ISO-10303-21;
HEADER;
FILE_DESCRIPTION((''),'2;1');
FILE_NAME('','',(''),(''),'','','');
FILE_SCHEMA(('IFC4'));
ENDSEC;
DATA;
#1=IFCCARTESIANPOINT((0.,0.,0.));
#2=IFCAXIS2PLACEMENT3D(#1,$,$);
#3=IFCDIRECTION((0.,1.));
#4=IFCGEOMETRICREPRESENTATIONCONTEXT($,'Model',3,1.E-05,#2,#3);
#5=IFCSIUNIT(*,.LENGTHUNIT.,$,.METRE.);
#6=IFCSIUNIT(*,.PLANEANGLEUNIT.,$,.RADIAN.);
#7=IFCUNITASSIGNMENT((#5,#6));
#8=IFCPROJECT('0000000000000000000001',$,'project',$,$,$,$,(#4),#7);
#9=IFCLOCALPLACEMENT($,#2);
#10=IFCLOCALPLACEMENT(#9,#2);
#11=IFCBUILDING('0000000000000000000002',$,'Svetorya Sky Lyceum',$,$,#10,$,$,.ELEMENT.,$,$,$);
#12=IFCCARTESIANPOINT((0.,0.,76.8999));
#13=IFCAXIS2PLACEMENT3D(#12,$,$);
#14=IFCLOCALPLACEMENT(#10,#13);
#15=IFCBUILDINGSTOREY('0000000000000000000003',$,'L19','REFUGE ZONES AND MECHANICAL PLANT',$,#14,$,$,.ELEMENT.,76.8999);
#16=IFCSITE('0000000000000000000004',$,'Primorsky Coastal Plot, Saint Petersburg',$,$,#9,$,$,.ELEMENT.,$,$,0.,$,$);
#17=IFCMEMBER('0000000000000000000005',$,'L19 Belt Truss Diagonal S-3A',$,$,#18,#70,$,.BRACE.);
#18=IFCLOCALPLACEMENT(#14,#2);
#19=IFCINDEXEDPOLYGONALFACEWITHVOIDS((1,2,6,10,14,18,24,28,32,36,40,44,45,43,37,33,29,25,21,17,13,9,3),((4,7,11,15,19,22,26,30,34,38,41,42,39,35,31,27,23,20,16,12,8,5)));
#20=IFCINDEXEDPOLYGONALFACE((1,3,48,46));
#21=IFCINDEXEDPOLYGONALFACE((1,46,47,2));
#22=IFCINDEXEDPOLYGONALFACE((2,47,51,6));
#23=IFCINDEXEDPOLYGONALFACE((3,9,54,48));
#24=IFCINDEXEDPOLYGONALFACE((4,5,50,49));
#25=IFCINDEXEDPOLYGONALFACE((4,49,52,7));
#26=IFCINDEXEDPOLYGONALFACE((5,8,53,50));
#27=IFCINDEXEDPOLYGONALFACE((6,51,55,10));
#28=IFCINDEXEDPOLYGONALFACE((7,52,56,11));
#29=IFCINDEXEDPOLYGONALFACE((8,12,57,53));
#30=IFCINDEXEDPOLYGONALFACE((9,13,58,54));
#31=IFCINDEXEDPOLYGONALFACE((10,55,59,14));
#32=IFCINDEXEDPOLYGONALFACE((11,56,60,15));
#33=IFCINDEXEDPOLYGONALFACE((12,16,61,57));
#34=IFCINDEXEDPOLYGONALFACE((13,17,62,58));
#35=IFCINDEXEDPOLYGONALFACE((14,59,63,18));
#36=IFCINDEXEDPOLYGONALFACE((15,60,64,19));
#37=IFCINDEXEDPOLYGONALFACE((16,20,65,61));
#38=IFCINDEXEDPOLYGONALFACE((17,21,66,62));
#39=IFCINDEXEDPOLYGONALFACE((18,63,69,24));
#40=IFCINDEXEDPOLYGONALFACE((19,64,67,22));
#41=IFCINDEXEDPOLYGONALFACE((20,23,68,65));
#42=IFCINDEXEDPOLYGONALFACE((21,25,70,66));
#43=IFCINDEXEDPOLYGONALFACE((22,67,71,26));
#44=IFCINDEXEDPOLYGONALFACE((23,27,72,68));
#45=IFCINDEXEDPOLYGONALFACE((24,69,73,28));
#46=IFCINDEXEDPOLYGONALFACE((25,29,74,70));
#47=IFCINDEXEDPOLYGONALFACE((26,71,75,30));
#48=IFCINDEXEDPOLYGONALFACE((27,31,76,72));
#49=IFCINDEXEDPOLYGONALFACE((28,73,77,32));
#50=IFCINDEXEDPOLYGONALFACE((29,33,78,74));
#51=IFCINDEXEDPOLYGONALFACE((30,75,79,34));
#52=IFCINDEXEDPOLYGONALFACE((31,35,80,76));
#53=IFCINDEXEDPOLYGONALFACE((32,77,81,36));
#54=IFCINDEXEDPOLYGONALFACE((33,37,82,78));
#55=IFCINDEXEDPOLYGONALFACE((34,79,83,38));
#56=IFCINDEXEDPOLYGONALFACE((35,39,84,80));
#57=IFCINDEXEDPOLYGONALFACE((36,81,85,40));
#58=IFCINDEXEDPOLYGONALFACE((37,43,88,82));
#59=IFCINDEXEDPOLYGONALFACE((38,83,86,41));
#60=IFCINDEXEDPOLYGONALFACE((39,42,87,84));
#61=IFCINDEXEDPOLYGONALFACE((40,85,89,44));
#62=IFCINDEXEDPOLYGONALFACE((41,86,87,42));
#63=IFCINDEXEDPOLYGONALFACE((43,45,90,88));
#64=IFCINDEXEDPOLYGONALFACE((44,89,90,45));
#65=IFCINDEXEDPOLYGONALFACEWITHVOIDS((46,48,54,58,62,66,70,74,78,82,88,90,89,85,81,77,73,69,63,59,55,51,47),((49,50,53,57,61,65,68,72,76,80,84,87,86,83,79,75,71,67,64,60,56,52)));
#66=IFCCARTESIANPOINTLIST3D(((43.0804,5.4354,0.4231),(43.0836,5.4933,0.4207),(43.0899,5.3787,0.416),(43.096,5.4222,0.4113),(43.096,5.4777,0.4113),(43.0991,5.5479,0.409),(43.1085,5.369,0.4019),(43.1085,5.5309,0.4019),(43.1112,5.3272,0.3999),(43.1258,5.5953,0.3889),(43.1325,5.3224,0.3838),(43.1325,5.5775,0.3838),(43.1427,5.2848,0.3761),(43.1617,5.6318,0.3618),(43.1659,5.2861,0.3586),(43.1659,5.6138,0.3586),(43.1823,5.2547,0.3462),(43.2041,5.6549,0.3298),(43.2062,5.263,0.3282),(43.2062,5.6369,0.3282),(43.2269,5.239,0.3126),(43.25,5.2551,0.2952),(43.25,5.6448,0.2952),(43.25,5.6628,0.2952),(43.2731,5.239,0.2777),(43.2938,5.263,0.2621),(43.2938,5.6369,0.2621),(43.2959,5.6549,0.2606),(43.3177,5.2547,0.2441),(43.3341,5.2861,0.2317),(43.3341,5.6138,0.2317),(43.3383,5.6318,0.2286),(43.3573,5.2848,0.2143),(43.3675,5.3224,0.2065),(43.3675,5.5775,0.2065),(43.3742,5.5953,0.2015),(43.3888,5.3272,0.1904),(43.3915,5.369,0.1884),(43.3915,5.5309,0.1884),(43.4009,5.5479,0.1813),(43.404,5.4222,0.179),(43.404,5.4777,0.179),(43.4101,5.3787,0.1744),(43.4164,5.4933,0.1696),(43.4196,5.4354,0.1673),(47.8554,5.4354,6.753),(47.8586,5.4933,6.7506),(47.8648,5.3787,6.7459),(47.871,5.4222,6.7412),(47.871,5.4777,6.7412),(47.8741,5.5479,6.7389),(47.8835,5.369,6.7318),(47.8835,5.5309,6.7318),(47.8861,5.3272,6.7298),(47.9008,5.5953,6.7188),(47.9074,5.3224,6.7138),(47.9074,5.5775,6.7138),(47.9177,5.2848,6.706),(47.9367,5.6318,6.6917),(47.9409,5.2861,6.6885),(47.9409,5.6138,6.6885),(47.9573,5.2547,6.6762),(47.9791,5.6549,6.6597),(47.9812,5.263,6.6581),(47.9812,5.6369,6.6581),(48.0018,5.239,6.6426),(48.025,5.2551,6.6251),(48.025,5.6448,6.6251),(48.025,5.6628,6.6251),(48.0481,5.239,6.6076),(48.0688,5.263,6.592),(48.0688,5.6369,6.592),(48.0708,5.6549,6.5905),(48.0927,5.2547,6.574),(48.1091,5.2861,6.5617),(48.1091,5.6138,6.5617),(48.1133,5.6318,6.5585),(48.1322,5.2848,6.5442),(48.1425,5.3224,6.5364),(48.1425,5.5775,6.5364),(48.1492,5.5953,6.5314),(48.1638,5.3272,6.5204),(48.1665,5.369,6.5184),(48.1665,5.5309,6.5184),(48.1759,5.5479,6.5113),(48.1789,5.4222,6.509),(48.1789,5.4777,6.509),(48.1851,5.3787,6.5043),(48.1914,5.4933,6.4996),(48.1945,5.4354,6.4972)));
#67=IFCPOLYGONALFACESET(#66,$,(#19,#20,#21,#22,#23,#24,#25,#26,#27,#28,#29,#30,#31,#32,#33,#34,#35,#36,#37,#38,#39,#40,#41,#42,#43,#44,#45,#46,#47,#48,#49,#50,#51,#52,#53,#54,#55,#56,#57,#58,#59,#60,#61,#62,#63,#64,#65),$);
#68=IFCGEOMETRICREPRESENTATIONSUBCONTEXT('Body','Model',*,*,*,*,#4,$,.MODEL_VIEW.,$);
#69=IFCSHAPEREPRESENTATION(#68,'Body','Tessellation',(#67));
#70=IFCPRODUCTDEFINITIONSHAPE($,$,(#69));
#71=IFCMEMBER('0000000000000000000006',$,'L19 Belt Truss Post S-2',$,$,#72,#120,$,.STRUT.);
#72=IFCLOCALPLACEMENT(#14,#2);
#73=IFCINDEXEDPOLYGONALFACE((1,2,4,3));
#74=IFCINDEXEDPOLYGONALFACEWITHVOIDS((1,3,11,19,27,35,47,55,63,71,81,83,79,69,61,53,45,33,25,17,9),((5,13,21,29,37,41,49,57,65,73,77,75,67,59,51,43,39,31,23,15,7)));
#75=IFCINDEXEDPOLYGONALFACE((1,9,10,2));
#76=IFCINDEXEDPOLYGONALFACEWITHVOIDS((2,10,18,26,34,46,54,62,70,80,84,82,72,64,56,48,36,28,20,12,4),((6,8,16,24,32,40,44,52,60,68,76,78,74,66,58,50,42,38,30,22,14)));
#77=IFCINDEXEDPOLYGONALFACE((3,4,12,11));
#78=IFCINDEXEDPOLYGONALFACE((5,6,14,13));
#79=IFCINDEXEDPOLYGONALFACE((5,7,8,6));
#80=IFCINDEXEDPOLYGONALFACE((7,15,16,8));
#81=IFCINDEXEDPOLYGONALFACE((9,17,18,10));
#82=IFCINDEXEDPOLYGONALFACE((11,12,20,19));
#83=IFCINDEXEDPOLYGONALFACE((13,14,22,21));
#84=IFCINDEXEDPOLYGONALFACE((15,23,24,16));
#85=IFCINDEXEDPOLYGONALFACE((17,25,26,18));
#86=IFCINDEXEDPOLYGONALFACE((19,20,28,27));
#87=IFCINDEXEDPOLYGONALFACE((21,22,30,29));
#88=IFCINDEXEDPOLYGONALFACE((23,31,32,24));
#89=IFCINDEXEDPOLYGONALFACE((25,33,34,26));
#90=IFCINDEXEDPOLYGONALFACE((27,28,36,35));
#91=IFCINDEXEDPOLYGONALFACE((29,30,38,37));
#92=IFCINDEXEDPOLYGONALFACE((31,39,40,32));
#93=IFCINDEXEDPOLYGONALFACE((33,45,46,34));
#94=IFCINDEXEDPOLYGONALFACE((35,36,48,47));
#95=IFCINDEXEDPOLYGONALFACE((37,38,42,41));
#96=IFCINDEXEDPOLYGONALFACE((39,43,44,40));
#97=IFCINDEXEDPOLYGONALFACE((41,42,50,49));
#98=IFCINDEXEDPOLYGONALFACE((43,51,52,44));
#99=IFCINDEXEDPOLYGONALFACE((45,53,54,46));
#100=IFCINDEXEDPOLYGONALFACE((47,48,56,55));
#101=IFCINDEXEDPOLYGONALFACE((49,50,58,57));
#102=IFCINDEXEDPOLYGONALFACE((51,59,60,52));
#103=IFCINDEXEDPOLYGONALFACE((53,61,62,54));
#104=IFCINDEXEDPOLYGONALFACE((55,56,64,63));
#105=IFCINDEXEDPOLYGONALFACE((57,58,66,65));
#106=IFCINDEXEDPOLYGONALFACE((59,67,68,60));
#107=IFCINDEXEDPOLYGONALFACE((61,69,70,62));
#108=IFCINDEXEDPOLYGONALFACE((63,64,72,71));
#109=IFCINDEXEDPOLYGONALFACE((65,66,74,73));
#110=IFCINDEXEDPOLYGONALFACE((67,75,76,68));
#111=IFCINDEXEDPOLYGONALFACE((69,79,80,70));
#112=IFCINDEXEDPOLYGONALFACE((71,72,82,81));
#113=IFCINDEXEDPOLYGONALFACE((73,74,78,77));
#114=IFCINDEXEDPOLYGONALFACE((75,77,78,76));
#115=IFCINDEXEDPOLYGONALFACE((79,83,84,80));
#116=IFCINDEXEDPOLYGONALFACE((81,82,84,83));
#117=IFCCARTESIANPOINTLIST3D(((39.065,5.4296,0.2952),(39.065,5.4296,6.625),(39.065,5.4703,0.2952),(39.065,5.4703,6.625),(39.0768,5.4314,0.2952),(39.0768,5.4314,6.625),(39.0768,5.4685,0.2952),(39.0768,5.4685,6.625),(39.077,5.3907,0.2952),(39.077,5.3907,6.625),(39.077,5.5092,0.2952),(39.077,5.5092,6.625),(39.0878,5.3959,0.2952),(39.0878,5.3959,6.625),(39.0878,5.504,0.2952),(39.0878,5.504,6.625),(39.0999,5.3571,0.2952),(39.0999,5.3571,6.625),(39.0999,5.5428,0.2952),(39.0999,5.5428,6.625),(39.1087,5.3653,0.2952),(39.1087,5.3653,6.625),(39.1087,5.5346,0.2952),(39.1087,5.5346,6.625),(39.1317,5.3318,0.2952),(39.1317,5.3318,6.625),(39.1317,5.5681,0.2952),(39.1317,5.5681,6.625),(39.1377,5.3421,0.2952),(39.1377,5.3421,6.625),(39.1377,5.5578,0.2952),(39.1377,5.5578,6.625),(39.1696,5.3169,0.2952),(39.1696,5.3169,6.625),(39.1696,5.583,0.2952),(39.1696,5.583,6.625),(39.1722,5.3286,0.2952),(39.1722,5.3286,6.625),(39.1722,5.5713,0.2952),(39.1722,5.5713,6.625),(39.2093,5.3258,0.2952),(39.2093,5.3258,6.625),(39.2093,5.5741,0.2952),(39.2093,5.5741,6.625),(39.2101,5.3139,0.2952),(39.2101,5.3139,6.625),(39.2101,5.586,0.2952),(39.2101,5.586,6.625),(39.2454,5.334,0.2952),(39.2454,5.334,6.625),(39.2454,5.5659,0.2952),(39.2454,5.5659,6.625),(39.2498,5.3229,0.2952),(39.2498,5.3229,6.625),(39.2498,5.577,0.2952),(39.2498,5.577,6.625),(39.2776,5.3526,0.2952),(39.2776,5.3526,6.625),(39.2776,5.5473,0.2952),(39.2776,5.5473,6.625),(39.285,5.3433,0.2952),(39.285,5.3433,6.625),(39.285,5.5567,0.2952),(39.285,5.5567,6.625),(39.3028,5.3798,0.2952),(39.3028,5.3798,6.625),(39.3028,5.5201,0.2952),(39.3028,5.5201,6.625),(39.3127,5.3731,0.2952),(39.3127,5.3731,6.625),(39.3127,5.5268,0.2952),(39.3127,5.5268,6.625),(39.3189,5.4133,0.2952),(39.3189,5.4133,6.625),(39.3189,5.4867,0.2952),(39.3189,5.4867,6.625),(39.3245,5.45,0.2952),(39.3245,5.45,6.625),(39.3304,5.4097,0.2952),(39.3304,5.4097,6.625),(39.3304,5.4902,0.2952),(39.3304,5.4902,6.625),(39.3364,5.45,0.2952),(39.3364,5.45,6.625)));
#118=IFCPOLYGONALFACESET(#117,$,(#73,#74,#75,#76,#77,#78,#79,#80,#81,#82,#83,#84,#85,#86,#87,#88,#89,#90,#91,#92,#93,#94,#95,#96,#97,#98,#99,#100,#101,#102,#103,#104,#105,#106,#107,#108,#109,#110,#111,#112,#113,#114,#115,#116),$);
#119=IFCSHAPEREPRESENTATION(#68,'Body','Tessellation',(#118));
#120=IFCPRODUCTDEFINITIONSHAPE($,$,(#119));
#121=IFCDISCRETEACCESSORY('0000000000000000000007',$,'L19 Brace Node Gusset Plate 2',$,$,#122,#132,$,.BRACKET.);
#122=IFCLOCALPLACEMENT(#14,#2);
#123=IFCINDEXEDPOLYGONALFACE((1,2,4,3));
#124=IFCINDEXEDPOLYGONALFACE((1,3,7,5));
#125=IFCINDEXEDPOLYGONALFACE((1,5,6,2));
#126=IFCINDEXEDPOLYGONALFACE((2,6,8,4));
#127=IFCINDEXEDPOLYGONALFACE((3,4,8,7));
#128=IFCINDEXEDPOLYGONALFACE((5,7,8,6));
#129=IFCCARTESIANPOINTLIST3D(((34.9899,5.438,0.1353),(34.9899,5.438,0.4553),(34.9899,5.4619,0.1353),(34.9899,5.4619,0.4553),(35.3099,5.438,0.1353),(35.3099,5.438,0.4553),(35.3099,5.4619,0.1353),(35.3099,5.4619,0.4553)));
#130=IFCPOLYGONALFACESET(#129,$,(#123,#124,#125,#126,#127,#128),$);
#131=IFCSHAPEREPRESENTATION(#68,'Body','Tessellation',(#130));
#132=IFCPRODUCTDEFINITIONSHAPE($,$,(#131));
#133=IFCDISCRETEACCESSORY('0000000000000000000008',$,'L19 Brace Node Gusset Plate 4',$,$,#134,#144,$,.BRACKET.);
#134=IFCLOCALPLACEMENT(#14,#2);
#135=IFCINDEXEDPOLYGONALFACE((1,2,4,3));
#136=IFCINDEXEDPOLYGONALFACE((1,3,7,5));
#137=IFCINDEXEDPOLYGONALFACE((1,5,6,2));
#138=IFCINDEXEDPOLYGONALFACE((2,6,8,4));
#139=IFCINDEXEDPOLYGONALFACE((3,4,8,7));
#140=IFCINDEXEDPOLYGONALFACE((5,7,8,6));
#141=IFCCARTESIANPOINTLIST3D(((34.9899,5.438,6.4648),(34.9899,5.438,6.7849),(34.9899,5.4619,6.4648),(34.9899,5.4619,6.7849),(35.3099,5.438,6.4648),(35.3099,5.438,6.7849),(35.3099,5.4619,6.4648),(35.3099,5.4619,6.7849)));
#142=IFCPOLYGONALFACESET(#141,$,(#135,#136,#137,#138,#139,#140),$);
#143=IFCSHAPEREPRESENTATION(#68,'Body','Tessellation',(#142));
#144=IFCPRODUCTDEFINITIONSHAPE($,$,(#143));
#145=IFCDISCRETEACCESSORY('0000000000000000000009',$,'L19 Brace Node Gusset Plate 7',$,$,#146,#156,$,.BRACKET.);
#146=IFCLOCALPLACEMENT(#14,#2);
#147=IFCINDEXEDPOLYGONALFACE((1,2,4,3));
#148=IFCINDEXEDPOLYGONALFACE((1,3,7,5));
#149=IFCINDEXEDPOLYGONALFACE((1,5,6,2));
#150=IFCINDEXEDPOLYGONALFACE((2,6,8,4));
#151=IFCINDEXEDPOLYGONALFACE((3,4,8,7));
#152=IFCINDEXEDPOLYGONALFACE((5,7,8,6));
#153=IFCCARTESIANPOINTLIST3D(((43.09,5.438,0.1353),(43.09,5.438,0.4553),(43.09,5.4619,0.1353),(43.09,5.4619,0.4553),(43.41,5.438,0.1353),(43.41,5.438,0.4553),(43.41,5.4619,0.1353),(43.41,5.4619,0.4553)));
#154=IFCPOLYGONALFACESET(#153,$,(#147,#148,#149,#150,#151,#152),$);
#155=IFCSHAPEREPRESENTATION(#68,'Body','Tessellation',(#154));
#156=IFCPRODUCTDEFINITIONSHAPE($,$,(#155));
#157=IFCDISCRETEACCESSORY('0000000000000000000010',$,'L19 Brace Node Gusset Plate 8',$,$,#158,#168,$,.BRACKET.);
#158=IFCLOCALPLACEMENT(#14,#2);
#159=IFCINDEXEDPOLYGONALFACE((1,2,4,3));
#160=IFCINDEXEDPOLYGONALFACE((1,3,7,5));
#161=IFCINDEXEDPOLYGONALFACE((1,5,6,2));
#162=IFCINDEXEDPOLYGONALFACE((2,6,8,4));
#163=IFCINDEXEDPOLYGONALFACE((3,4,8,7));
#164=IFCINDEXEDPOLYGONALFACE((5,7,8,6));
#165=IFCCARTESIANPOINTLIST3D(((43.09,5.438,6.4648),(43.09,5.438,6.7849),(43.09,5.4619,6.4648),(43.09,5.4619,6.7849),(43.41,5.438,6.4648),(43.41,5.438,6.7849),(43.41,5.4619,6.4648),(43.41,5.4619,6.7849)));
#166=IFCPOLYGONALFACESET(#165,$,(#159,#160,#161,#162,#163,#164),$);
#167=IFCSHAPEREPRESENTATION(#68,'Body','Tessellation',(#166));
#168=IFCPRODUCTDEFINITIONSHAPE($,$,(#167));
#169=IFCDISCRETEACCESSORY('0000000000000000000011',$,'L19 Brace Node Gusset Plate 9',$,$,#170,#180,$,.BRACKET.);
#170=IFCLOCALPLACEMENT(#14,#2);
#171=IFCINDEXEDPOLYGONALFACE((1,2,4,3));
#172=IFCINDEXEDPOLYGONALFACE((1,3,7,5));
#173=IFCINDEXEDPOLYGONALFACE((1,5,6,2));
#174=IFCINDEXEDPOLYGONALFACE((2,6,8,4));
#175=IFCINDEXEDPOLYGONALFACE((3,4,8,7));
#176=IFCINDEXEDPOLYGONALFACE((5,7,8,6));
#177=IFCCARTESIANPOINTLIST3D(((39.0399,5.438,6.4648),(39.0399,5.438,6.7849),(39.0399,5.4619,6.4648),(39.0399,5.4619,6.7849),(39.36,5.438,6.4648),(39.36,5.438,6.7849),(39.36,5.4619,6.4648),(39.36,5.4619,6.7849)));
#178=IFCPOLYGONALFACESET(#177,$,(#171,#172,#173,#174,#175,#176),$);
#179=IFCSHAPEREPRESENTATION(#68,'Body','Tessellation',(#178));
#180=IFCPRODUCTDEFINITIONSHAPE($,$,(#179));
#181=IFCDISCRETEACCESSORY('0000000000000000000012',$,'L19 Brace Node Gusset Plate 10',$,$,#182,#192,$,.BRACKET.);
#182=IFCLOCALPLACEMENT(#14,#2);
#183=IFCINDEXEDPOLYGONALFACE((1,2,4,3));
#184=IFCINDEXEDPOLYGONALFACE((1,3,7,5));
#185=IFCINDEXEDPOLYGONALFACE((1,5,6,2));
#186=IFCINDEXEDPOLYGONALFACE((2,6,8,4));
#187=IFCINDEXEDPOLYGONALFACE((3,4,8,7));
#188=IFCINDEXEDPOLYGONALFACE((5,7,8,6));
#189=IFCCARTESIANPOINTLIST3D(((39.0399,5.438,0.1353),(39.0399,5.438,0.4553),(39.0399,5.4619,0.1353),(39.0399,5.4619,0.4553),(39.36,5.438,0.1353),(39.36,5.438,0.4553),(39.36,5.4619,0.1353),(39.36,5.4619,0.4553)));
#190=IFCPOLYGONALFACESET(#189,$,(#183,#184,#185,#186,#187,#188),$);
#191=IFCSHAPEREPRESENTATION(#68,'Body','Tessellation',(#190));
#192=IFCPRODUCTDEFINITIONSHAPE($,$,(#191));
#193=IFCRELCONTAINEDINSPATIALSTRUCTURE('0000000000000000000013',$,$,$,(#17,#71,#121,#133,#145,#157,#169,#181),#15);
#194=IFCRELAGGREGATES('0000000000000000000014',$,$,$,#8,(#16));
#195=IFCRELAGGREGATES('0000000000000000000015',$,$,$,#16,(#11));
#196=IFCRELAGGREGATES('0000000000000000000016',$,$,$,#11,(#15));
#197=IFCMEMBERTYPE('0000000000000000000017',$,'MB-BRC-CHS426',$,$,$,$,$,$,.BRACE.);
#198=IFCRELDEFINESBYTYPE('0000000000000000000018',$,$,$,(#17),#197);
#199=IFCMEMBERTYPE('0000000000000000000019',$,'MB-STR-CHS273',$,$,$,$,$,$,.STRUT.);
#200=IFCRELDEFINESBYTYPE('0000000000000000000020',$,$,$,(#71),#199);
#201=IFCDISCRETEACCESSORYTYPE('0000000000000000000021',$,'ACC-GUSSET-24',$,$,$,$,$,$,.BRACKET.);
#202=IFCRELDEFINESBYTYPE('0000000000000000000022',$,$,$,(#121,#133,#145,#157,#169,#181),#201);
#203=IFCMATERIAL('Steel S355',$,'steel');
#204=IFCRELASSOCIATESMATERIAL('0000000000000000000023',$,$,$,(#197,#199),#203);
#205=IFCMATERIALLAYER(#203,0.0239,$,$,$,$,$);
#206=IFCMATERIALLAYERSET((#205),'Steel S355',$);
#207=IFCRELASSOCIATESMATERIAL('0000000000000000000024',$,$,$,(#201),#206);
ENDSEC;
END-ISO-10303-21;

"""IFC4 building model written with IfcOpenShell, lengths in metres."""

from ifc_helpers import new_model, si_unit, direction, frame, origin, origin_2d, place, context, subcontext, project, spatial, rectangle, hollow_circle, extrude, material, layer, layer_set, material_profile, profile_set, type_object, element, save


model = new_model("IFC4")

# Units and contexts
model_context = context("Model", 3, precision=1e-05, world=origin(), true_north=direction((0.0, 1.0)))
body_context = subcontext(model_context, "Body", "Model", "MODEL_VIEW")
ifc_project = project(units=[si_unit("LENGTHUNIT", "METRE"), si_unit("PLANEANGLEUNIT", "RADIAN")], contexts=[model_context])

# Site, building, storey
site_placement = place(None, origin())
site = spatial("IfcSite", under=ifc_project, at=site_placement, Name="Primorsky Coastal Plot, Saint Petersburg", CompositionType="ELEMENT", RefElevation=0.0)
building_placement = place(site_placement, origin())
building = spatial("IfcBuilding", under=site, at=building_placement, Name="Svetorya Sky Lyceum", CompositionType="ELEMENT")
storey_placement = place(building_placement, frame((0.0, 0.0, 76.8999)))
storey = spatial("IfcBuildingStorey", under=building, at=storey_placement, Name="L19", Description="REFUGE ZONES AND MECHANICAL PLANT", CompositionType="ELEMENT", Elevation=76.8999)

# Shared definitions
ifc_material_1 = material(Name="Steel S355", Category="steel")

# Members
ifc_material_profile_1 = material_profile(ifc_material_1, hollow_circle(Radius=0.2129, WallThickness=0.0181, at=origin_2d()), Name="CHS 426x18")
ifc_profile_set_1 = profile_set([ifc_material_profile_1], Name="Steel S355")
member_type_1 = type_object("IfcMemberType", Name="MB-BRC-CHS426", PredefinedType="BRACE", material=ifc_profile_set_1)
member_1_placement = place(storey_placement, frame((43.25, 5.45, 0.2952), z_axis=(0.60222, 0.0, 0.79833), x_axis=(0.0, 1.0, 0.0)))
element("IfcMember", 1, at=member_1_placement, inside=storey, type_object=member_type_1, Name="L19 Belt Truss Diagonal S-3A", PredefinedType="BRACE", context=body_context, shape_type="SweptSolid", body=[
    extrude(hollow_circle(Radius=0.2129, WallThickness=0.0181, at=origin_2d()), origin(), (0.0, 0.0, 1.0), 7.929),
])
ifc_material_profile_2 = material_profile(ifc_material_1, hollow_circle(Radius=0.1365, WallThickness=0.012, at=origin_2d()), Name="CHS 273x12")
ifc_profile_set_2 = profile_set([ifc_material_profile_2], Name="Steel S355")
member_type_2 = type_object("IfcMemberType", Name="MB-STR-CHS273", PredefinedType="STRUT", material=ifc_profile_set_2)
member_2_placement = place(storey_placement, frame((39.2, 5.45, 0.2952), z_axis=(0.0, 0.0, 1.0), x_axis=(1.0, 0.0, 0.0)))
element("IfcMember", 2, at=member_2_placement, inside=storey, type_object=member_type_2, Name="L19 Belt Truss Post S-2", PredefinedType="STRUT", context=body_context, shape_type="SweptSolid", body=[
    extrude(hollow_circle(Radius=0.1365, WallThickness=0.012, at=origin_2d()), origin(), (0.0, 0.0, 1.0), 6.3298),
])

# Discrete accessories
ifc_layer = layer(ifc_material_1, 0.0239)
ifc_layer_set = layer_set([ifc_layer], Name="Steel S355")
discrete_accessory_type = type_object("IfcDiscreteAccessoryType", Name="ACC-GUSSET-24", PredefinedType="BRACKET", material=ifc_layer_set)
for number, where, z_axis, x_axis, name in (
    (3, (35.1499, 5.45, 0.1353), (0.0, 0.0, 1.0), (1.0, 0.0, 0.0), "L19 Brace Node Gusset Plate 2"),
    (4, (35.1499, 5.45, 6.4648), (0.0, 0.0, 1.0), (1.0, 0.0, 0.0), "L19 Brace Node Gusset Plate 4"),
    (5, (43.25, 5.45, 0.1353), (0.0, 0.0, 1.0), (1.0, 0.0, 0.0), "L19 Brace Node Gusset Plate 7"),
    (6, (43.25, 5.45, 6.4648), (0.0, 0.0, 1.0), (1.0, 0.0, 0.0), "L19 Brace Node Gusset Plate 8"),
    (7, (39.2, 5.45, 6.4648), (0.0, 0.0, 1.0), (1.0, 0.0, 0.0), "L19 Brace Node Gusset Plate 9"),
    (8, (39.2, 5.45, 0.1353), (0.0, 0.0, 1.0), (1.0, 0.0, 0.0), "L19 Brace Node Gusset Plate 10"),
):
    element("IfcDiscreteAccessory", number, at=place(storey_placement, frame(where, z_axis=z_axis, x_axis=x_axis)), inside=storey, type_object=discrete_accessory_type, Name=name, PredefinedType="BRACKET", context=body_context, shape_type="SweptSolid", body=[
        extrude(rectangle(XDim=0.3201, YDim=0.0239, at=origin_2d()), origin(), (0.0, 0.0, 1.0), 0.3201),
    ])

save(model, "model.ifc")
